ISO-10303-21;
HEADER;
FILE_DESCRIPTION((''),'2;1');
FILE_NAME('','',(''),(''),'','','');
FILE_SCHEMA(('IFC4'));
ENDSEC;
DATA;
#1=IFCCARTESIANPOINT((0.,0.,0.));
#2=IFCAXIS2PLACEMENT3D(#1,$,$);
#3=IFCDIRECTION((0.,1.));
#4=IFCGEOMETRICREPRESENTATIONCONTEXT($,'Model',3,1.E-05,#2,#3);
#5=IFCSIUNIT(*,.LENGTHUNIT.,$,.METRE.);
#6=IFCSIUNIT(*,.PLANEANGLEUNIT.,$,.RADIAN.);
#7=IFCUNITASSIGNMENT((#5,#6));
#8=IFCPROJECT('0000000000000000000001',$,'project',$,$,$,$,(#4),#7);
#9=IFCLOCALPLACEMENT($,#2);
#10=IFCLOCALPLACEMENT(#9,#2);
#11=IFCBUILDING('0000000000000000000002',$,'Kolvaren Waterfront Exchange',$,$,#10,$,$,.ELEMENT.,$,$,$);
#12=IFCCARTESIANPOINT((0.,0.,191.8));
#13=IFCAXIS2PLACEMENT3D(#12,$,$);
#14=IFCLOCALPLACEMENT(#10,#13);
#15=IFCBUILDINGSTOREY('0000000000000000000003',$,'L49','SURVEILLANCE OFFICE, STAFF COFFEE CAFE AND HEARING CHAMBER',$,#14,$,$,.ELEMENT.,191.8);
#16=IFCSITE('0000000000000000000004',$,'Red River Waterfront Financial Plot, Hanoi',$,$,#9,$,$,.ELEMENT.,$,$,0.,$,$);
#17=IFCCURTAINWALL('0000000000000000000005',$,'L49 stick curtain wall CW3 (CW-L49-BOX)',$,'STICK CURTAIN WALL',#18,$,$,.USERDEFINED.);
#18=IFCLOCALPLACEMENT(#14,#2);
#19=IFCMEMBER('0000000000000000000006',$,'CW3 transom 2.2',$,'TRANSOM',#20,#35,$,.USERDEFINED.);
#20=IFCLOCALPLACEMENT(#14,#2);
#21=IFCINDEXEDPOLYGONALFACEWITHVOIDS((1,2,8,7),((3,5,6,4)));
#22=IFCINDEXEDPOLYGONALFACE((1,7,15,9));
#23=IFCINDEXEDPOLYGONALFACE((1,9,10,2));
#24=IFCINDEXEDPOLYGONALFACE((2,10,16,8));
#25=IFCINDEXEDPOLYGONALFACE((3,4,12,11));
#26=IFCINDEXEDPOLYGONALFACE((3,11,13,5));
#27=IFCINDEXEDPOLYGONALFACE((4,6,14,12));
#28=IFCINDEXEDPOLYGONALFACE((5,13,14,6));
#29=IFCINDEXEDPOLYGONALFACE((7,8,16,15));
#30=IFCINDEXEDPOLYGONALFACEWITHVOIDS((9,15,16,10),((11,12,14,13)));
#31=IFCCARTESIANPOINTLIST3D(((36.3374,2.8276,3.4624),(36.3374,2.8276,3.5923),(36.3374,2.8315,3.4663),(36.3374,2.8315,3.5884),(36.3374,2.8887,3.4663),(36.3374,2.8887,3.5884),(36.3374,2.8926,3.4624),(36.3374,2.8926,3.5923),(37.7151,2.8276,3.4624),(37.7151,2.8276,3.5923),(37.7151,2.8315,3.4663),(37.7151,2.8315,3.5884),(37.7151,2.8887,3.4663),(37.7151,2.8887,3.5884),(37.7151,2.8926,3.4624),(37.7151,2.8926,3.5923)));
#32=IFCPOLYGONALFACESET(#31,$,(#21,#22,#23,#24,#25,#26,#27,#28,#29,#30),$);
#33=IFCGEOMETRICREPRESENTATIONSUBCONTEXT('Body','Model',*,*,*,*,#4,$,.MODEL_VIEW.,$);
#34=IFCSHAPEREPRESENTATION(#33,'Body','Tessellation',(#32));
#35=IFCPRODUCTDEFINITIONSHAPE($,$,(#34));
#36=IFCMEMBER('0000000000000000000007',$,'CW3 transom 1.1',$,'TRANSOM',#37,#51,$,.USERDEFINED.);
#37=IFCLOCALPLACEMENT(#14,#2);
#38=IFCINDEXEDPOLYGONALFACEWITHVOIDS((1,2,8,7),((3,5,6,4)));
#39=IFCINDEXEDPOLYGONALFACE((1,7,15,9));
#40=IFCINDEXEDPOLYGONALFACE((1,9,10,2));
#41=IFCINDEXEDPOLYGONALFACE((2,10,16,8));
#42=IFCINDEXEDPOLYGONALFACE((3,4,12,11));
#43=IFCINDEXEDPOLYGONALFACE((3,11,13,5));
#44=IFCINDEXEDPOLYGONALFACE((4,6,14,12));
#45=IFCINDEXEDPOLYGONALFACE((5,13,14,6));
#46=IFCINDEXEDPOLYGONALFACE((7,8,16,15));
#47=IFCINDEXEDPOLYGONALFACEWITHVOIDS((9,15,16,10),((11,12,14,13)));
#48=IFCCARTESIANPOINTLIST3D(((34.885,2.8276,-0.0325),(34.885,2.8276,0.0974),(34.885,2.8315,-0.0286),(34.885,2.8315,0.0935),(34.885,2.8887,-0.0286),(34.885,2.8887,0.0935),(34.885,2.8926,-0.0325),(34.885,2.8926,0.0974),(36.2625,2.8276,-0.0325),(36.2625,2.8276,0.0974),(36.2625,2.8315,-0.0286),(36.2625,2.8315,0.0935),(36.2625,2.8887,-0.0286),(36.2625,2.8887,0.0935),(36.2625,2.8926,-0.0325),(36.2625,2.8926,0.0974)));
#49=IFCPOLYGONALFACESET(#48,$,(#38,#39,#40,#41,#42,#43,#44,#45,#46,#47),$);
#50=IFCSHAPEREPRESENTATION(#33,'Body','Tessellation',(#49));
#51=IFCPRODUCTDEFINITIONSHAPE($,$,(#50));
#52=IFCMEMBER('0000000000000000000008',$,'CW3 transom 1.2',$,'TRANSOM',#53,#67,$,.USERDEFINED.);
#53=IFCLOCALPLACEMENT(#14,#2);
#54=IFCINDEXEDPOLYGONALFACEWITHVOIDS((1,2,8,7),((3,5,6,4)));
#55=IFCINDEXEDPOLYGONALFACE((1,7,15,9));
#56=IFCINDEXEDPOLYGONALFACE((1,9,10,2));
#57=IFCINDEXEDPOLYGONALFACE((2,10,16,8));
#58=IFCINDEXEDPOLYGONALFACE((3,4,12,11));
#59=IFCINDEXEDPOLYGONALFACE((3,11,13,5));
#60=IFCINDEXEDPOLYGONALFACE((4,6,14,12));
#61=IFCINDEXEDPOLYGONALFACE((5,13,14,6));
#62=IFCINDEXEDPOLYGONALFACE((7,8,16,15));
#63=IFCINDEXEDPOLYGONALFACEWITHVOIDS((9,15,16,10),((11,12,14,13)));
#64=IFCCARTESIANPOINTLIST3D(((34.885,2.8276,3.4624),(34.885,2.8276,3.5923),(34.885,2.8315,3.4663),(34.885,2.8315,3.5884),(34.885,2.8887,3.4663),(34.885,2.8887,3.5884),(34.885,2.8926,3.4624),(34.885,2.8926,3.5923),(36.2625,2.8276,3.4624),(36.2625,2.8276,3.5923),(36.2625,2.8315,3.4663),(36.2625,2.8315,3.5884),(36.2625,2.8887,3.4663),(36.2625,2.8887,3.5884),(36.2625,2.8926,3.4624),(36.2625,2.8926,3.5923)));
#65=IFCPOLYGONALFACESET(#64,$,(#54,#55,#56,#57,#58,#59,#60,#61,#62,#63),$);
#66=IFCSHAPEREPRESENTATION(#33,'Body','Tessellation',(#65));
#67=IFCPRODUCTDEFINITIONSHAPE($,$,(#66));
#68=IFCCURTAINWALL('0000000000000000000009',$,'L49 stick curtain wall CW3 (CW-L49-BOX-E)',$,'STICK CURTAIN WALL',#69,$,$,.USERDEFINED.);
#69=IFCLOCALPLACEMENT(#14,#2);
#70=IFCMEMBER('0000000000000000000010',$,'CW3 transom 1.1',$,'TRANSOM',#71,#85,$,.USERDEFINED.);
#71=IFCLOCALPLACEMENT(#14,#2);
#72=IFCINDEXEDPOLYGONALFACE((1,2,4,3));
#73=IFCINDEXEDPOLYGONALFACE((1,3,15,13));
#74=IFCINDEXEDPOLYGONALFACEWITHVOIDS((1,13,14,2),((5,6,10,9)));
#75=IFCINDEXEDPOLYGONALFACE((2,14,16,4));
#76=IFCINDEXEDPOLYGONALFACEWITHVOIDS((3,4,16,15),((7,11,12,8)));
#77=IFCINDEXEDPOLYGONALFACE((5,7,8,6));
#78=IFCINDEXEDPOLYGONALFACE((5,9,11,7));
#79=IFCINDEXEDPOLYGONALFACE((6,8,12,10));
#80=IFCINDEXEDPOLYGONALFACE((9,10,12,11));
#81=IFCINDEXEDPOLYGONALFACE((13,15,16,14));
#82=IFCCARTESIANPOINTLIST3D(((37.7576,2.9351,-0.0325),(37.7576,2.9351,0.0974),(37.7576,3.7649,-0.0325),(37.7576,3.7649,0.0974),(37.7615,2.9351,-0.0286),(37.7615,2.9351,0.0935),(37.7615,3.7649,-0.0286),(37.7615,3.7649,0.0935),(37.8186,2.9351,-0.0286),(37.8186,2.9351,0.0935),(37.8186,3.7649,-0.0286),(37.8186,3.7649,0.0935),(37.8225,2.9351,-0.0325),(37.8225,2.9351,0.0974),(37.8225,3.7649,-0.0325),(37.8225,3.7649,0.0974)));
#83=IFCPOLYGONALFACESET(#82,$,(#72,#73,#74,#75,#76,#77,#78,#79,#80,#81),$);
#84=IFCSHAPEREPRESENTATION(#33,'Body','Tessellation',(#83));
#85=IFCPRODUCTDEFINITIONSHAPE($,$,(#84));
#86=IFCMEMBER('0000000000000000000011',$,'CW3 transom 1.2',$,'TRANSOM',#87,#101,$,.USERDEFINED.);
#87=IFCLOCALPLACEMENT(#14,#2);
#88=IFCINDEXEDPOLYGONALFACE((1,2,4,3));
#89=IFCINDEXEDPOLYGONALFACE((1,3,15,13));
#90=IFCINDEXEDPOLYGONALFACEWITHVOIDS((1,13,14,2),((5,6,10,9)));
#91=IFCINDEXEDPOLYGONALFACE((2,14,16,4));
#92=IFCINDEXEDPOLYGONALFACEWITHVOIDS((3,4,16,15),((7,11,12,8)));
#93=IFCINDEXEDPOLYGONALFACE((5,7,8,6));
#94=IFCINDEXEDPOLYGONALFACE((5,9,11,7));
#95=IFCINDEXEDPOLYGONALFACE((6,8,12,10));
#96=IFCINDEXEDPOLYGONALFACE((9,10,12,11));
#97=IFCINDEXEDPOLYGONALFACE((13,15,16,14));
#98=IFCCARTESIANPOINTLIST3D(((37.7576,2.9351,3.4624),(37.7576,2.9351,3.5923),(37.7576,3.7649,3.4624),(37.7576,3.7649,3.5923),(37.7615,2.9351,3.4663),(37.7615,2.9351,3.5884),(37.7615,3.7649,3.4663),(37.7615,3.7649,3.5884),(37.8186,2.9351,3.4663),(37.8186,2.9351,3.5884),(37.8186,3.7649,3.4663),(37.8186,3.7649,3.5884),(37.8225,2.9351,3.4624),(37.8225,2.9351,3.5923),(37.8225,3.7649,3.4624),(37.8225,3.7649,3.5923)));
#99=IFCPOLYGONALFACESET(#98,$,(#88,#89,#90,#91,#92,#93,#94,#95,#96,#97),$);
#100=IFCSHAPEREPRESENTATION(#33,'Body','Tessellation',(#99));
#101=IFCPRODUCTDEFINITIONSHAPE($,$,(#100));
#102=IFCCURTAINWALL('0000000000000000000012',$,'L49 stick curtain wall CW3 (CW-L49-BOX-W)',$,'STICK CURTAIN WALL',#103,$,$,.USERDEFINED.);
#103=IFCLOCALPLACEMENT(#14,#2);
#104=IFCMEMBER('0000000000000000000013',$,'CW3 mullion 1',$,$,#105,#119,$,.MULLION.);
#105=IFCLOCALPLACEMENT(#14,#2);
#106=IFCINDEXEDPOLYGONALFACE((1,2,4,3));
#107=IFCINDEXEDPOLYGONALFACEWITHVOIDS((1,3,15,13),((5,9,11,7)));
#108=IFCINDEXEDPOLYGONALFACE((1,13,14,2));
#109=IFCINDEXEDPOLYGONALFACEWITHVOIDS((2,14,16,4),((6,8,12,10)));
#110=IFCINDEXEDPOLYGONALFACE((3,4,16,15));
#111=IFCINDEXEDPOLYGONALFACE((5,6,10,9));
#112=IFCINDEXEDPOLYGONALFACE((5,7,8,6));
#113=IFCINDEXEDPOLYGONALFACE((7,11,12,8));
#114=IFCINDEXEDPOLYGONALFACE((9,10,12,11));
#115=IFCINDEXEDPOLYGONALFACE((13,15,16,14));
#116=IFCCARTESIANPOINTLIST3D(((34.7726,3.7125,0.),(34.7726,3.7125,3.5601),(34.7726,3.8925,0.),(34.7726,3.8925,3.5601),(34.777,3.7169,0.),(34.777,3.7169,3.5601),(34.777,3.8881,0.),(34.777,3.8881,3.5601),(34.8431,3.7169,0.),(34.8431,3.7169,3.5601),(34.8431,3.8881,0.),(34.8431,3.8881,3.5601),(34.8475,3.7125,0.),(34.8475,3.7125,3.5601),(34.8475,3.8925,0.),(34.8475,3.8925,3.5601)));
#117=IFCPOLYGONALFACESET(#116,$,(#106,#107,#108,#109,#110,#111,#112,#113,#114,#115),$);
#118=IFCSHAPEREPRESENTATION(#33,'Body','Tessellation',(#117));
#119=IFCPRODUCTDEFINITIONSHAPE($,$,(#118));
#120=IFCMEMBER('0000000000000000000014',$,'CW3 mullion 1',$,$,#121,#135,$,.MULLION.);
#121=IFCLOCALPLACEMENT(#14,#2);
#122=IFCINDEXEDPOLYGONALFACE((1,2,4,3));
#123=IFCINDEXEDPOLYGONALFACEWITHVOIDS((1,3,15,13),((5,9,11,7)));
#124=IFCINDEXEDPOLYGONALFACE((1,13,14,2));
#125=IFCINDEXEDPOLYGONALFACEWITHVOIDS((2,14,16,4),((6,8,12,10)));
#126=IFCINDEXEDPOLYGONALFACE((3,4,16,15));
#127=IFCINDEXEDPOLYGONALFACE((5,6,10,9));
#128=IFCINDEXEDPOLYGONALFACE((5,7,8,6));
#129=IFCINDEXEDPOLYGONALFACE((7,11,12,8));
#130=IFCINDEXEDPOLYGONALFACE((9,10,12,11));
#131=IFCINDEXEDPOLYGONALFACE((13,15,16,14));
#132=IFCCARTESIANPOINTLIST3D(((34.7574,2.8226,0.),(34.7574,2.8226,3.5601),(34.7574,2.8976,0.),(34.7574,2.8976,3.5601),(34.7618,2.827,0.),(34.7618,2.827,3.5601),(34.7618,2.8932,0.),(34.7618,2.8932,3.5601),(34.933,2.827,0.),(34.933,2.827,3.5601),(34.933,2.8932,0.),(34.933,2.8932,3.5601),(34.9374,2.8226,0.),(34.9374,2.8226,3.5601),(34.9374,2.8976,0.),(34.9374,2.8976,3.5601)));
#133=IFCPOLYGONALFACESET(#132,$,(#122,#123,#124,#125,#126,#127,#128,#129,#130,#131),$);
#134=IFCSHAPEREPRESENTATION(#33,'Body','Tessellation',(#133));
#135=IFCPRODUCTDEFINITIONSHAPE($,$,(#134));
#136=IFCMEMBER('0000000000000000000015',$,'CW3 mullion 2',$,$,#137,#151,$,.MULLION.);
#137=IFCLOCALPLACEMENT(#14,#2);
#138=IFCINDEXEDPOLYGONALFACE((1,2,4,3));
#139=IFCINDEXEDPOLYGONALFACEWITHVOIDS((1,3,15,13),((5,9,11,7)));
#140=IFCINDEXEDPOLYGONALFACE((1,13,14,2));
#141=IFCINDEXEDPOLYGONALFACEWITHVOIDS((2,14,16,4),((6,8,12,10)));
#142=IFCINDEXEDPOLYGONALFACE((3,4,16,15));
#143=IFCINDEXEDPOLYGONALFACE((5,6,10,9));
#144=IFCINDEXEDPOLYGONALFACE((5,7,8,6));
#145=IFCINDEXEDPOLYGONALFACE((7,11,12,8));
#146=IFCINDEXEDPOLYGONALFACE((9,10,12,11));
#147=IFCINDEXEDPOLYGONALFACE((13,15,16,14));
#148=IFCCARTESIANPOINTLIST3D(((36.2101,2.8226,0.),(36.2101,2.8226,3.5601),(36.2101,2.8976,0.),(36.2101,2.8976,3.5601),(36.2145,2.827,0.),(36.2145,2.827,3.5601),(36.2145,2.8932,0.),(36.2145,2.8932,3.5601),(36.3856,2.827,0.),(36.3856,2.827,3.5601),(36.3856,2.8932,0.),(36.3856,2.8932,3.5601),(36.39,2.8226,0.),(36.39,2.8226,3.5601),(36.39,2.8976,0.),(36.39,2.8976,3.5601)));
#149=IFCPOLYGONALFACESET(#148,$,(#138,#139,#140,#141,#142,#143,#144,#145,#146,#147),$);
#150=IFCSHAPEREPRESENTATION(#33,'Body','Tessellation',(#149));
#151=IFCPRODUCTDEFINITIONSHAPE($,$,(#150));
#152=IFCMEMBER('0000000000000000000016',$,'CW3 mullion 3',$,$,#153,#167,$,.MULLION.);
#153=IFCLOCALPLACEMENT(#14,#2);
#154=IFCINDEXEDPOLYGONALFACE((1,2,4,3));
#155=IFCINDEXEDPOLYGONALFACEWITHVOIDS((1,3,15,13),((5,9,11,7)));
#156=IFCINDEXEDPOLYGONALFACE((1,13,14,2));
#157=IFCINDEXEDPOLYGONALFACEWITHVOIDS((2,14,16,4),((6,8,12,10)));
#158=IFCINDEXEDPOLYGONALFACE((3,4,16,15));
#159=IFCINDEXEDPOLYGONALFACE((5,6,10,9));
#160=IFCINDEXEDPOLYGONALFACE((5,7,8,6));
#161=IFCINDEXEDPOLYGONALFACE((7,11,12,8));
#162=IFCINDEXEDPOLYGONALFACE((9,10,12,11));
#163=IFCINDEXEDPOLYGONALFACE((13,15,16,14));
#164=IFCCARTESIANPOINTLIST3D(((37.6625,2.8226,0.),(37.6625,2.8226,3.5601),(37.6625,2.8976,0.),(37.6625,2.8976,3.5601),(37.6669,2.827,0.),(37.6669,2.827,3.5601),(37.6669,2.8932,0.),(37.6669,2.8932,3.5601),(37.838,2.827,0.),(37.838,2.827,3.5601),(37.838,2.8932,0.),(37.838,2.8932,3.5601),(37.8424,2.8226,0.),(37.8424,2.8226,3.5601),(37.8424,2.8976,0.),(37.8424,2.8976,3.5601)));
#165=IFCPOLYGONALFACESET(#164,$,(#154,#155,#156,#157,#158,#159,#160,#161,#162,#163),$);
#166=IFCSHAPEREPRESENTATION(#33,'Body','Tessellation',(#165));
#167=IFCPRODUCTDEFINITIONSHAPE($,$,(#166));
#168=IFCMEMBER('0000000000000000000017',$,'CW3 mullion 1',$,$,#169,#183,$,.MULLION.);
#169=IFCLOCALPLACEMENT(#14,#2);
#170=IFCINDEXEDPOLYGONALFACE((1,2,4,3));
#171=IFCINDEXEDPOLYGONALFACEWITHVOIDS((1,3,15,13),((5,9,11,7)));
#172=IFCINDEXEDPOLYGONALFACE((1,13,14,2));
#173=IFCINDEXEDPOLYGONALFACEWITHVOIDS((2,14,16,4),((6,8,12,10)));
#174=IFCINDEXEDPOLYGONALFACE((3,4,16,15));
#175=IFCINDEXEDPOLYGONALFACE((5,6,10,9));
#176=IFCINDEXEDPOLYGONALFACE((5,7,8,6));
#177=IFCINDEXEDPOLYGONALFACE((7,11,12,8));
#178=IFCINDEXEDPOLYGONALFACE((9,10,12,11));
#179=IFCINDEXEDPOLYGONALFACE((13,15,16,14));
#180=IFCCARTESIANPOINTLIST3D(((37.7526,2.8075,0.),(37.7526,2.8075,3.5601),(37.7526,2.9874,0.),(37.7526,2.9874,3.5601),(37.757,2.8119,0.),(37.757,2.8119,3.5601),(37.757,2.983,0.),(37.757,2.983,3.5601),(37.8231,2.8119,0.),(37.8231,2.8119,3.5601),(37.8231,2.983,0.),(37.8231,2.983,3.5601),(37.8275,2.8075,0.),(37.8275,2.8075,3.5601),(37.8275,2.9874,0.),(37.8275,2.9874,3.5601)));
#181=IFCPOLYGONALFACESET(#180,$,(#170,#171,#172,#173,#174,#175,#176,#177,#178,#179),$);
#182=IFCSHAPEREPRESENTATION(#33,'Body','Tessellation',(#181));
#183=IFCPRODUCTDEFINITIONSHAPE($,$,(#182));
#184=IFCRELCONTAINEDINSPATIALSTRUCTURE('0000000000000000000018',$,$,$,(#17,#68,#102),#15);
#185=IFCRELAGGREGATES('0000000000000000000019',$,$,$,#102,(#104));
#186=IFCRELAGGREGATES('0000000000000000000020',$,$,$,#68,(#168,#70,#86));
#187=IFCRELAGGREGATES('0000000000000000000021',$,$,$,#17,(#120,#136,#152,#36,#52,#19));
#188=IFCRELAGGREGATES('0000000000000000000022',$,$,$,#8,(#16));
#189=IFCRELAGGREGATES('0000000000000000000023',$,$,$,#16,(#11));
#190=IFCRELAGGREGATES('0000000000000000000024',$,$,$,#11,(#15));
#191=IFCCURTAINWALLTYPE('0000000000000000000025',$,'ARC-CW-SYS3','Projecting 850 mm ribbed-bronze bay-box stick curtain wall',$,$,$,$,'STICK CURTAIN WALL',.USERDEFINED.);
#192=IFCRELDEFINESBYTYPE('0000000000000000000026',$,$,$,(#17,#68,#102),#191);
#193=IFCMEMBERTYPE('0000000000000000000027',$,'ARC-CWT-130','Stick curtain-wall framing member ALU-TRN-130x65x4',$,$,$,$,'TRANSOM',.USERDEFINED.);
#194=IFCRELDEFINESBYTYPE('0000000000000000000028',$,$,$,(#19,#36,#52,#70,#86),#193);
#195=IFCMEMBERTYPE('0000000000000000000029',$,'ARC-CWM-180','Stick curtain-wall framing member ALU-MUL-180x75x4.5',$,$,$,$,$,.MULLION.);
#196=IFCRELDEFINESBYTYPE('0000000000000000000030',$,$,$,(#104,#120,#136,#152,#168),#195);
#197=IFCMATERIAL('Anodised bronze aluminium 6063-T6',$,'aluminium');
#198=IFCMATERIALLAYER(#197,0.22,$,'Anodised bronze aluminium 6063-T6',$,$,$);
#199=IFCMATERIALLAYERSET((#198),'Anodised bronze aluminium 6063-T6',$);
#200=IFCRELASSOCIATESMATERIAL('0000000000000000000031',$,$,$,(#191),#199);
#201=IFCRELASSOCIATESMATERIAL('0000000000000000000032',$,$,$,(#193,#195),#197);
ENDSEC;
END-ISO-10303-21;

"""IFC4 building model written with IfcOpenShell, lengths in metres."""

from ifc_helpers import new_model, si_unit, direction, frame, origin, origin_with_axes, origin_2d, place, context, subcontext, project, spatial, hollow_rectangle, extrude, source, transform, mapped, material, layer, layer_set, material_profile, profile_set, type_object, element, aggregate, save


model = new_model("IFC4")

# Units and contexts
model_context = context("Model", 3, precision=1e-05, world=origin(), true_north=direction((0.0, 1.0)))
body_context = subcontext(model_context, "Body", "Model", "MODEL_VIEW")
ifc_project = project(units=[si_unit("LENGTHUNIT", "METRE"), si_unit("PLANEANGLEUNIT", "RADIAN")], contexts=[model_context])

# Site, building, storey
site_placement = place(None, origin())
site = spatial("IfcSite", under=ifc_project, at=site_placement, Name="Red River Waterfront Financial Plot, Hanoi", CompositionType="ELEMENT", RefElevation=0.0)
building_placement = place(site_placement, origin())
building = spatial("IfcBuilding", under=site, at=building_placement, Name="Kolvaren Waterfront Exchange", CompositionType="ELEMENT")
storey_placement = place(building_placement, frame((0.0, 0.0, 191.8)))
storey = spatial("IfcBuildingStorey", under=building, at=storey_placement, Name="L49", Description="SURVEILLANCE OFFICE, STAFF COFFEE CAFE AND HEARING CHAMBER", CompositionType="ELEMENT", Elevation=191.8)

# Curtain walls, members
ifc_material_1 = material(Name="Anodised bronze aluminium 6063-T6", Category="aluminium")
ifc_layer_1 = layer(ifc_material_1, 0.22, Name="Anodised bronze aluminium 6063-T6")
ifc_layer_set_1 = layer_set([ifc_layer_1], Name="Anodised bronze aluminium 6063-T6")
curtain_wall_type_1 = type_object("IfcCurtainWallType", Name="ARC-CW-SYS3", Description="Projecting 850 mm ribbed-bronze bay-box stick curtain wall", ElementType="STICK CURTAIN WALL", PredefinedType="USERDEFINED", material=ifc_layer_set_1)
curtain_wall_1_placement = place(storey_placement, origin())
curtain_wall_1 = element("IfcCurtainWall", 1, at=curtain_wall_1_placement, inside=storey, type_object=curtain_wall_type_1, Name="L49 stick curtain wall CW3 (CW-L49-BOX)", ObjectType="STICK CURTAIN WALL", PredefinedType="USERDEFINED")
ifc_material_profile_1 = material_profile(ifc_material_1, hollow_rectangle(XDim=0.0649, YDim=0.1299, WallThickness=0.0039, at=origin_2d()), Name="ALU-TRN-130x65x4")
ifc_profile_set_1 = profile_set([ifc_material_profile_1], Name="Anodised bronze aluminium 6063-T6")
member_type_1 = type_object("IfcMemberType", Name="ARC-CWT-130", Description="Stick curtain-wall framing member ALU-TRN-130x65x4", ElementType="TRANSOM", PredefinedType="USERDEFINED", material=ifc_profile_set_1)
shared_shape_1 = source(origin_with_axes(), body_context, "Body", "SweptSolid", [
    extrude(hollow_rectangle(XDim=0.0649, YDim=0.1299, WallThickness=0.0039, at=origin_2d()), origin(), (0.0, 0.0, 1.0), 1.3777),
])
member_1_placement = place(storey_placement, frame((36.3374, 2.8601, 3.5273), z_axis=(1.0, 0.0, 0.0), x_axis=(0.0, 1.0, 0.0)))
member_1 = element("IfcMember", 2, at=member_1_placement, type_object=member_type_1, Name="CW3 transom 2.2", ObjectType="TRANSOM", PredefinedType="USERDEFINED", context=body_context, shape_type="MappedRepresentation", body=[
    mapped(shared_shape_1, transform((0.0, 0.0, 0.0), x_axis=(1.0, 0.0, 0.0), y_axis=(0.0, 1.0, 0.0), z_axis=(0.0, 0.0, 1.0), scale=1.0)),
])
shared_shape_2 = source(origin_with_axes(), body_context, "Body", "SweptSolid", [
    extrude(hollow_rectangle(XDim=0.0649, YDim=0.1299, WallThickness=0.0039, at=origin_2d()), origin(), (0.0, 0.0, 1.0), 1.3774),
])
member_2_placement = place(storey_placement, frame((34.885, 2.8601, 0.0325), z_axis=(1.0, 0.0, 0.0), x_axis=(0.0, 1.0, 0.0)))
member_2 = element("IfcMember", 3, at=member_2_placement, type_object=member_type_1, Name="CW3 transom 1.1", ObjectType="TRANSOM", PredefinedType="USERDEFINED", context=body_context, shape_type="MappedRepresentation", body=[
    mapped(shared_shape_2, transform((0.0, 0.0, 0.0), x_axis=(1.0, 0.0, 0.0), y_axis=(0.0, 1.0, 0.0), z_axis=(0.0, 0.0, 1.0), scale=1.0)),
])
member_3_placement = place(storey_placement, frame((34.885, 2.8601, 3.5273), z_axis=(1.0, 0.0, 0.0), x_axis=(0.0, 1.0, 0.0)))
member_3 = element("IfcMember", 4, at=member_3_placement, type_object=member_type_1, Name="CW3 transom 1.2", ObjectType="TRANSOM", PredefinedType="USERDEFINED", context=body_context, shape_type="MappedRepresentation", body=[
    mapped(shared_shape_2, transform((0.0, 0.0, 0.0), x_axis=(1.0, 0.0, 0.0), y_axis=(0.0, 1.0, 0.0), z_axis=(0.0, 0.0, 1.0), scale=1.0)),
])
curtain_wall_2_placement = place(storey_placement, origin())
curtain_wall_2 = element("IfcCurtainWall", 5, at=curtain_wall_2_placement, inside=storey, type_object=curtain_wall_type_1, Name="L49 stick curtain wall CW3 (CW-L49-BOX-E)", ObjectType="STICK CURTAIN WALL", PredefinedType="USERDEFINED")
shared_shape_3 = source(origin_with_axes(), body_context, "Body", "SweptSolid", [
    extrude(hollow_rectangle(XDim=0.0649, YDim=0.1299, WallThickness=0.0039, at=origin_2d()), origin(), (0.0, 0.0, 1.0), 0.8298),
])
member_4_placement = place(storey_placement, frame((37.79, 2.9351, 0.0325), z_axis=(0.0, 1.0, 0.0), x_axis=(-1.0, 0.0, 0.0)))
member_4 = element("IfcMember", 6, at=member_4_placement, type_object=member_type_1, Name="CW3 transom 1.1", ObjectType="TRANSOM", PredefinedType="USERDEFINED", context=body_context, shape_type="MappedRepresentation", body=[
    mapped(shared_shape_3, transform((0.0, 0.0, 0.0), x_axis=(1.0, 0.0, 0.0), y_axis=(0.0, 1.0, 0.0), z_axis=(0.0, 0.0, 1.0), scale=1.0)),
])
member_5_placement = place(storey_placement, frame((37.79, 2.9351, 3.5273), z_axis=(0.0, 1.0, 0.0), x_axis=(-1.0, 0.0, 0.0)))
member_5 = element("IfcMember", 7, at=member_5_placement, type_object=member_type_1, Name="CW3 transom 1.2", ObjectType="TRANSOM", PredefinedType="USERDEFINED", context=body_context, shape_type="MappedRepresentation", body=[
    mapped(shared_shape_3, transform((0.0, 0.0, 0.0), x_axis=(1.0, 0.0, 0.0), y_axis=(0.0, 1.0, 0.0), z_axis=(0.0, 0.0, 1.0), scale=1.0)),
])

# Curtain wall, member
curtain_wall_3_placement = place(storey_placement, origin())
curtain_wall_3 = element("IfcCurtainWall", 8, at=curtain_wall_3_placement, inside=storey, type_object=curtain_wall_type_1, Name="L49 stick curtain wall CW3 (CW-L49-BOX-W)", ObjectType="STICK CURTAIN WALL", PredefinedType="USERDEFINED")
ifc_material_profile_2 = material_profile(ifc_material_1, hollow_rectangle(XDim=0.075, YDim=0.1799, WallThickness=0.0044, at=origin_2d()), Name="ALU-MUL-180x75x4.5")
ifc_profile_set_2 = profile_set([ifc_material_profile_2], Name="Anodised bronze aluminium 6063-T6")
member_type_2 = type_object("IfcMemberType", Name="ARC-CWM-180", Description="Stick curtain-wall framing member ALU-MUL-180x75x4.5", PredefinedType="MULLION", material=ifc_profile_set_2)
shared_shape_4 = source(origin_with_axes(), body_context, "Body", "SweptSolid", [
    extrude(hollow_rectangle(XDim=0.075, YDim=0.1799, WallThickness=0.0044, at=origin_2d()), origin(), (0.0, 0.0, 1.0), 3.5601),
])
member_6_placement = place(storey_placement, frame((34.8101, 3.8025, 0.0), z_axis=(0.0, 0.0, 1.0), x_axis=(1.0, 0.0, 0.0)))
member_6 = element("IfcMember", 9, at=member_6_placement, type_object=member_type_2, Name="CW3 mullion 1", PredefinedType="MULLION", context=body_context, shape_type="MappedRepresentation", body=[
    mapped(shared_shape_4, transform((0.0, 0.0, 0.0), x_axis=(1.0, 0.0, 0.0), y_axis=(0.0, 1.0, 0.0), z_axis=(0.0, 0.0, 1.0), scale=1.0)),
])
aggregate(curtain_wall_3, [member_6])

# Members
member_7_placement = place(storey_placement, frame((34.8474, 2.8601, 0.0), z_axis=(0.0, 0.0, 1.0), x_axis=(0.0, 1.0, 0.0)))
member_7 = element("IfcMember", 10, at=member_7_placement, type_object=member_type_2, Name="CW3 mullion 1", PredefinedType="MULLION", context=body_context, shape_type="MappedRepresentation", body=[
    mapped(shared_shape_4, transform((0.0, 0.0, 0.0), x_axis=(1.0, 0.0, 0.0), y_axis=(0.0, 1.0, 0.0), z_axis=(0.0, 0.0, 1.0), scale=1.0)),
])
member_8_placement = place(storey_placement, frame((36.3, 2.8601, 0.0), z_axis=(0.0, 0.0, 1.0), x_axis=(0.0, 1.0, 0.0)))
member_8 = element("IfcMember", 11, at=member_8_placement, type_object=member_type_2, Name="CW3 mullion 2", PredefinedType="MULLION", context=body_context, shape_type="MappedRepresentation", body=[
    mapped(shared_shape_4, transform((0.0, 0.0, 0.0), x_axis=(1.0, 0.0, 0.0), y_axis=(0.0, 1.0, 0.0), z_axis=(0.0, 0.0, 1.0), scale=1.0)),
])
member_9_placement = place(storey_placement, frame((37.7524, 2.8601, 0.0), z_axis=(0.0, 0.0, 1.0), x_axis=(0.0, 1.0, 0.0)))
member_9 = element("IfcMember", 12, at=member_9_placement, type_object=member_type_2, Name="CW3 mullion 3", PredefinedType="MULLION", context=body_context, shape_type="MappedRepresentation", body=[
    mapped(shared_shape_4, transform((0.0, 0.0, 0.0), x_axis=(1.0, 0.0, 0.0), y_axis=(0.0, 1.0, 0.0), z_axis=(0.0, 0.0, 1.0), scale=1.0)),
])
member_10_placement = place(storey_placement, frame((37.79, 2.8975, 0.0), z_axis=(0.0, 0.0, 1.0), x_axis=(-1.0, 0.0, 0.0)))
member_10 = element("IfcMember", 13, at=member_10_placement, type_object=member_type_2, Name="CW3 mullion 1", PredefinedType="MULLION", context=body_context, shape_type="MappedRepresentation", body=[
    mapped(shared_shape_4, transform((0.0, 0.0, 0.0), x_axis=(1.0, 0.0, 0.0), y_axis=(0.0, 1.0, 0.0), z_axis=(0.0, 0.0, 1.0), scale=1.0)),
])

aggregate(curtain_wall_2, [member_10, member_4, member_5])
aggregate(curtain_wall_1, [member_7, member_8, member_9, member_2, member_3, member_1])

save(model, "model.ifc")
